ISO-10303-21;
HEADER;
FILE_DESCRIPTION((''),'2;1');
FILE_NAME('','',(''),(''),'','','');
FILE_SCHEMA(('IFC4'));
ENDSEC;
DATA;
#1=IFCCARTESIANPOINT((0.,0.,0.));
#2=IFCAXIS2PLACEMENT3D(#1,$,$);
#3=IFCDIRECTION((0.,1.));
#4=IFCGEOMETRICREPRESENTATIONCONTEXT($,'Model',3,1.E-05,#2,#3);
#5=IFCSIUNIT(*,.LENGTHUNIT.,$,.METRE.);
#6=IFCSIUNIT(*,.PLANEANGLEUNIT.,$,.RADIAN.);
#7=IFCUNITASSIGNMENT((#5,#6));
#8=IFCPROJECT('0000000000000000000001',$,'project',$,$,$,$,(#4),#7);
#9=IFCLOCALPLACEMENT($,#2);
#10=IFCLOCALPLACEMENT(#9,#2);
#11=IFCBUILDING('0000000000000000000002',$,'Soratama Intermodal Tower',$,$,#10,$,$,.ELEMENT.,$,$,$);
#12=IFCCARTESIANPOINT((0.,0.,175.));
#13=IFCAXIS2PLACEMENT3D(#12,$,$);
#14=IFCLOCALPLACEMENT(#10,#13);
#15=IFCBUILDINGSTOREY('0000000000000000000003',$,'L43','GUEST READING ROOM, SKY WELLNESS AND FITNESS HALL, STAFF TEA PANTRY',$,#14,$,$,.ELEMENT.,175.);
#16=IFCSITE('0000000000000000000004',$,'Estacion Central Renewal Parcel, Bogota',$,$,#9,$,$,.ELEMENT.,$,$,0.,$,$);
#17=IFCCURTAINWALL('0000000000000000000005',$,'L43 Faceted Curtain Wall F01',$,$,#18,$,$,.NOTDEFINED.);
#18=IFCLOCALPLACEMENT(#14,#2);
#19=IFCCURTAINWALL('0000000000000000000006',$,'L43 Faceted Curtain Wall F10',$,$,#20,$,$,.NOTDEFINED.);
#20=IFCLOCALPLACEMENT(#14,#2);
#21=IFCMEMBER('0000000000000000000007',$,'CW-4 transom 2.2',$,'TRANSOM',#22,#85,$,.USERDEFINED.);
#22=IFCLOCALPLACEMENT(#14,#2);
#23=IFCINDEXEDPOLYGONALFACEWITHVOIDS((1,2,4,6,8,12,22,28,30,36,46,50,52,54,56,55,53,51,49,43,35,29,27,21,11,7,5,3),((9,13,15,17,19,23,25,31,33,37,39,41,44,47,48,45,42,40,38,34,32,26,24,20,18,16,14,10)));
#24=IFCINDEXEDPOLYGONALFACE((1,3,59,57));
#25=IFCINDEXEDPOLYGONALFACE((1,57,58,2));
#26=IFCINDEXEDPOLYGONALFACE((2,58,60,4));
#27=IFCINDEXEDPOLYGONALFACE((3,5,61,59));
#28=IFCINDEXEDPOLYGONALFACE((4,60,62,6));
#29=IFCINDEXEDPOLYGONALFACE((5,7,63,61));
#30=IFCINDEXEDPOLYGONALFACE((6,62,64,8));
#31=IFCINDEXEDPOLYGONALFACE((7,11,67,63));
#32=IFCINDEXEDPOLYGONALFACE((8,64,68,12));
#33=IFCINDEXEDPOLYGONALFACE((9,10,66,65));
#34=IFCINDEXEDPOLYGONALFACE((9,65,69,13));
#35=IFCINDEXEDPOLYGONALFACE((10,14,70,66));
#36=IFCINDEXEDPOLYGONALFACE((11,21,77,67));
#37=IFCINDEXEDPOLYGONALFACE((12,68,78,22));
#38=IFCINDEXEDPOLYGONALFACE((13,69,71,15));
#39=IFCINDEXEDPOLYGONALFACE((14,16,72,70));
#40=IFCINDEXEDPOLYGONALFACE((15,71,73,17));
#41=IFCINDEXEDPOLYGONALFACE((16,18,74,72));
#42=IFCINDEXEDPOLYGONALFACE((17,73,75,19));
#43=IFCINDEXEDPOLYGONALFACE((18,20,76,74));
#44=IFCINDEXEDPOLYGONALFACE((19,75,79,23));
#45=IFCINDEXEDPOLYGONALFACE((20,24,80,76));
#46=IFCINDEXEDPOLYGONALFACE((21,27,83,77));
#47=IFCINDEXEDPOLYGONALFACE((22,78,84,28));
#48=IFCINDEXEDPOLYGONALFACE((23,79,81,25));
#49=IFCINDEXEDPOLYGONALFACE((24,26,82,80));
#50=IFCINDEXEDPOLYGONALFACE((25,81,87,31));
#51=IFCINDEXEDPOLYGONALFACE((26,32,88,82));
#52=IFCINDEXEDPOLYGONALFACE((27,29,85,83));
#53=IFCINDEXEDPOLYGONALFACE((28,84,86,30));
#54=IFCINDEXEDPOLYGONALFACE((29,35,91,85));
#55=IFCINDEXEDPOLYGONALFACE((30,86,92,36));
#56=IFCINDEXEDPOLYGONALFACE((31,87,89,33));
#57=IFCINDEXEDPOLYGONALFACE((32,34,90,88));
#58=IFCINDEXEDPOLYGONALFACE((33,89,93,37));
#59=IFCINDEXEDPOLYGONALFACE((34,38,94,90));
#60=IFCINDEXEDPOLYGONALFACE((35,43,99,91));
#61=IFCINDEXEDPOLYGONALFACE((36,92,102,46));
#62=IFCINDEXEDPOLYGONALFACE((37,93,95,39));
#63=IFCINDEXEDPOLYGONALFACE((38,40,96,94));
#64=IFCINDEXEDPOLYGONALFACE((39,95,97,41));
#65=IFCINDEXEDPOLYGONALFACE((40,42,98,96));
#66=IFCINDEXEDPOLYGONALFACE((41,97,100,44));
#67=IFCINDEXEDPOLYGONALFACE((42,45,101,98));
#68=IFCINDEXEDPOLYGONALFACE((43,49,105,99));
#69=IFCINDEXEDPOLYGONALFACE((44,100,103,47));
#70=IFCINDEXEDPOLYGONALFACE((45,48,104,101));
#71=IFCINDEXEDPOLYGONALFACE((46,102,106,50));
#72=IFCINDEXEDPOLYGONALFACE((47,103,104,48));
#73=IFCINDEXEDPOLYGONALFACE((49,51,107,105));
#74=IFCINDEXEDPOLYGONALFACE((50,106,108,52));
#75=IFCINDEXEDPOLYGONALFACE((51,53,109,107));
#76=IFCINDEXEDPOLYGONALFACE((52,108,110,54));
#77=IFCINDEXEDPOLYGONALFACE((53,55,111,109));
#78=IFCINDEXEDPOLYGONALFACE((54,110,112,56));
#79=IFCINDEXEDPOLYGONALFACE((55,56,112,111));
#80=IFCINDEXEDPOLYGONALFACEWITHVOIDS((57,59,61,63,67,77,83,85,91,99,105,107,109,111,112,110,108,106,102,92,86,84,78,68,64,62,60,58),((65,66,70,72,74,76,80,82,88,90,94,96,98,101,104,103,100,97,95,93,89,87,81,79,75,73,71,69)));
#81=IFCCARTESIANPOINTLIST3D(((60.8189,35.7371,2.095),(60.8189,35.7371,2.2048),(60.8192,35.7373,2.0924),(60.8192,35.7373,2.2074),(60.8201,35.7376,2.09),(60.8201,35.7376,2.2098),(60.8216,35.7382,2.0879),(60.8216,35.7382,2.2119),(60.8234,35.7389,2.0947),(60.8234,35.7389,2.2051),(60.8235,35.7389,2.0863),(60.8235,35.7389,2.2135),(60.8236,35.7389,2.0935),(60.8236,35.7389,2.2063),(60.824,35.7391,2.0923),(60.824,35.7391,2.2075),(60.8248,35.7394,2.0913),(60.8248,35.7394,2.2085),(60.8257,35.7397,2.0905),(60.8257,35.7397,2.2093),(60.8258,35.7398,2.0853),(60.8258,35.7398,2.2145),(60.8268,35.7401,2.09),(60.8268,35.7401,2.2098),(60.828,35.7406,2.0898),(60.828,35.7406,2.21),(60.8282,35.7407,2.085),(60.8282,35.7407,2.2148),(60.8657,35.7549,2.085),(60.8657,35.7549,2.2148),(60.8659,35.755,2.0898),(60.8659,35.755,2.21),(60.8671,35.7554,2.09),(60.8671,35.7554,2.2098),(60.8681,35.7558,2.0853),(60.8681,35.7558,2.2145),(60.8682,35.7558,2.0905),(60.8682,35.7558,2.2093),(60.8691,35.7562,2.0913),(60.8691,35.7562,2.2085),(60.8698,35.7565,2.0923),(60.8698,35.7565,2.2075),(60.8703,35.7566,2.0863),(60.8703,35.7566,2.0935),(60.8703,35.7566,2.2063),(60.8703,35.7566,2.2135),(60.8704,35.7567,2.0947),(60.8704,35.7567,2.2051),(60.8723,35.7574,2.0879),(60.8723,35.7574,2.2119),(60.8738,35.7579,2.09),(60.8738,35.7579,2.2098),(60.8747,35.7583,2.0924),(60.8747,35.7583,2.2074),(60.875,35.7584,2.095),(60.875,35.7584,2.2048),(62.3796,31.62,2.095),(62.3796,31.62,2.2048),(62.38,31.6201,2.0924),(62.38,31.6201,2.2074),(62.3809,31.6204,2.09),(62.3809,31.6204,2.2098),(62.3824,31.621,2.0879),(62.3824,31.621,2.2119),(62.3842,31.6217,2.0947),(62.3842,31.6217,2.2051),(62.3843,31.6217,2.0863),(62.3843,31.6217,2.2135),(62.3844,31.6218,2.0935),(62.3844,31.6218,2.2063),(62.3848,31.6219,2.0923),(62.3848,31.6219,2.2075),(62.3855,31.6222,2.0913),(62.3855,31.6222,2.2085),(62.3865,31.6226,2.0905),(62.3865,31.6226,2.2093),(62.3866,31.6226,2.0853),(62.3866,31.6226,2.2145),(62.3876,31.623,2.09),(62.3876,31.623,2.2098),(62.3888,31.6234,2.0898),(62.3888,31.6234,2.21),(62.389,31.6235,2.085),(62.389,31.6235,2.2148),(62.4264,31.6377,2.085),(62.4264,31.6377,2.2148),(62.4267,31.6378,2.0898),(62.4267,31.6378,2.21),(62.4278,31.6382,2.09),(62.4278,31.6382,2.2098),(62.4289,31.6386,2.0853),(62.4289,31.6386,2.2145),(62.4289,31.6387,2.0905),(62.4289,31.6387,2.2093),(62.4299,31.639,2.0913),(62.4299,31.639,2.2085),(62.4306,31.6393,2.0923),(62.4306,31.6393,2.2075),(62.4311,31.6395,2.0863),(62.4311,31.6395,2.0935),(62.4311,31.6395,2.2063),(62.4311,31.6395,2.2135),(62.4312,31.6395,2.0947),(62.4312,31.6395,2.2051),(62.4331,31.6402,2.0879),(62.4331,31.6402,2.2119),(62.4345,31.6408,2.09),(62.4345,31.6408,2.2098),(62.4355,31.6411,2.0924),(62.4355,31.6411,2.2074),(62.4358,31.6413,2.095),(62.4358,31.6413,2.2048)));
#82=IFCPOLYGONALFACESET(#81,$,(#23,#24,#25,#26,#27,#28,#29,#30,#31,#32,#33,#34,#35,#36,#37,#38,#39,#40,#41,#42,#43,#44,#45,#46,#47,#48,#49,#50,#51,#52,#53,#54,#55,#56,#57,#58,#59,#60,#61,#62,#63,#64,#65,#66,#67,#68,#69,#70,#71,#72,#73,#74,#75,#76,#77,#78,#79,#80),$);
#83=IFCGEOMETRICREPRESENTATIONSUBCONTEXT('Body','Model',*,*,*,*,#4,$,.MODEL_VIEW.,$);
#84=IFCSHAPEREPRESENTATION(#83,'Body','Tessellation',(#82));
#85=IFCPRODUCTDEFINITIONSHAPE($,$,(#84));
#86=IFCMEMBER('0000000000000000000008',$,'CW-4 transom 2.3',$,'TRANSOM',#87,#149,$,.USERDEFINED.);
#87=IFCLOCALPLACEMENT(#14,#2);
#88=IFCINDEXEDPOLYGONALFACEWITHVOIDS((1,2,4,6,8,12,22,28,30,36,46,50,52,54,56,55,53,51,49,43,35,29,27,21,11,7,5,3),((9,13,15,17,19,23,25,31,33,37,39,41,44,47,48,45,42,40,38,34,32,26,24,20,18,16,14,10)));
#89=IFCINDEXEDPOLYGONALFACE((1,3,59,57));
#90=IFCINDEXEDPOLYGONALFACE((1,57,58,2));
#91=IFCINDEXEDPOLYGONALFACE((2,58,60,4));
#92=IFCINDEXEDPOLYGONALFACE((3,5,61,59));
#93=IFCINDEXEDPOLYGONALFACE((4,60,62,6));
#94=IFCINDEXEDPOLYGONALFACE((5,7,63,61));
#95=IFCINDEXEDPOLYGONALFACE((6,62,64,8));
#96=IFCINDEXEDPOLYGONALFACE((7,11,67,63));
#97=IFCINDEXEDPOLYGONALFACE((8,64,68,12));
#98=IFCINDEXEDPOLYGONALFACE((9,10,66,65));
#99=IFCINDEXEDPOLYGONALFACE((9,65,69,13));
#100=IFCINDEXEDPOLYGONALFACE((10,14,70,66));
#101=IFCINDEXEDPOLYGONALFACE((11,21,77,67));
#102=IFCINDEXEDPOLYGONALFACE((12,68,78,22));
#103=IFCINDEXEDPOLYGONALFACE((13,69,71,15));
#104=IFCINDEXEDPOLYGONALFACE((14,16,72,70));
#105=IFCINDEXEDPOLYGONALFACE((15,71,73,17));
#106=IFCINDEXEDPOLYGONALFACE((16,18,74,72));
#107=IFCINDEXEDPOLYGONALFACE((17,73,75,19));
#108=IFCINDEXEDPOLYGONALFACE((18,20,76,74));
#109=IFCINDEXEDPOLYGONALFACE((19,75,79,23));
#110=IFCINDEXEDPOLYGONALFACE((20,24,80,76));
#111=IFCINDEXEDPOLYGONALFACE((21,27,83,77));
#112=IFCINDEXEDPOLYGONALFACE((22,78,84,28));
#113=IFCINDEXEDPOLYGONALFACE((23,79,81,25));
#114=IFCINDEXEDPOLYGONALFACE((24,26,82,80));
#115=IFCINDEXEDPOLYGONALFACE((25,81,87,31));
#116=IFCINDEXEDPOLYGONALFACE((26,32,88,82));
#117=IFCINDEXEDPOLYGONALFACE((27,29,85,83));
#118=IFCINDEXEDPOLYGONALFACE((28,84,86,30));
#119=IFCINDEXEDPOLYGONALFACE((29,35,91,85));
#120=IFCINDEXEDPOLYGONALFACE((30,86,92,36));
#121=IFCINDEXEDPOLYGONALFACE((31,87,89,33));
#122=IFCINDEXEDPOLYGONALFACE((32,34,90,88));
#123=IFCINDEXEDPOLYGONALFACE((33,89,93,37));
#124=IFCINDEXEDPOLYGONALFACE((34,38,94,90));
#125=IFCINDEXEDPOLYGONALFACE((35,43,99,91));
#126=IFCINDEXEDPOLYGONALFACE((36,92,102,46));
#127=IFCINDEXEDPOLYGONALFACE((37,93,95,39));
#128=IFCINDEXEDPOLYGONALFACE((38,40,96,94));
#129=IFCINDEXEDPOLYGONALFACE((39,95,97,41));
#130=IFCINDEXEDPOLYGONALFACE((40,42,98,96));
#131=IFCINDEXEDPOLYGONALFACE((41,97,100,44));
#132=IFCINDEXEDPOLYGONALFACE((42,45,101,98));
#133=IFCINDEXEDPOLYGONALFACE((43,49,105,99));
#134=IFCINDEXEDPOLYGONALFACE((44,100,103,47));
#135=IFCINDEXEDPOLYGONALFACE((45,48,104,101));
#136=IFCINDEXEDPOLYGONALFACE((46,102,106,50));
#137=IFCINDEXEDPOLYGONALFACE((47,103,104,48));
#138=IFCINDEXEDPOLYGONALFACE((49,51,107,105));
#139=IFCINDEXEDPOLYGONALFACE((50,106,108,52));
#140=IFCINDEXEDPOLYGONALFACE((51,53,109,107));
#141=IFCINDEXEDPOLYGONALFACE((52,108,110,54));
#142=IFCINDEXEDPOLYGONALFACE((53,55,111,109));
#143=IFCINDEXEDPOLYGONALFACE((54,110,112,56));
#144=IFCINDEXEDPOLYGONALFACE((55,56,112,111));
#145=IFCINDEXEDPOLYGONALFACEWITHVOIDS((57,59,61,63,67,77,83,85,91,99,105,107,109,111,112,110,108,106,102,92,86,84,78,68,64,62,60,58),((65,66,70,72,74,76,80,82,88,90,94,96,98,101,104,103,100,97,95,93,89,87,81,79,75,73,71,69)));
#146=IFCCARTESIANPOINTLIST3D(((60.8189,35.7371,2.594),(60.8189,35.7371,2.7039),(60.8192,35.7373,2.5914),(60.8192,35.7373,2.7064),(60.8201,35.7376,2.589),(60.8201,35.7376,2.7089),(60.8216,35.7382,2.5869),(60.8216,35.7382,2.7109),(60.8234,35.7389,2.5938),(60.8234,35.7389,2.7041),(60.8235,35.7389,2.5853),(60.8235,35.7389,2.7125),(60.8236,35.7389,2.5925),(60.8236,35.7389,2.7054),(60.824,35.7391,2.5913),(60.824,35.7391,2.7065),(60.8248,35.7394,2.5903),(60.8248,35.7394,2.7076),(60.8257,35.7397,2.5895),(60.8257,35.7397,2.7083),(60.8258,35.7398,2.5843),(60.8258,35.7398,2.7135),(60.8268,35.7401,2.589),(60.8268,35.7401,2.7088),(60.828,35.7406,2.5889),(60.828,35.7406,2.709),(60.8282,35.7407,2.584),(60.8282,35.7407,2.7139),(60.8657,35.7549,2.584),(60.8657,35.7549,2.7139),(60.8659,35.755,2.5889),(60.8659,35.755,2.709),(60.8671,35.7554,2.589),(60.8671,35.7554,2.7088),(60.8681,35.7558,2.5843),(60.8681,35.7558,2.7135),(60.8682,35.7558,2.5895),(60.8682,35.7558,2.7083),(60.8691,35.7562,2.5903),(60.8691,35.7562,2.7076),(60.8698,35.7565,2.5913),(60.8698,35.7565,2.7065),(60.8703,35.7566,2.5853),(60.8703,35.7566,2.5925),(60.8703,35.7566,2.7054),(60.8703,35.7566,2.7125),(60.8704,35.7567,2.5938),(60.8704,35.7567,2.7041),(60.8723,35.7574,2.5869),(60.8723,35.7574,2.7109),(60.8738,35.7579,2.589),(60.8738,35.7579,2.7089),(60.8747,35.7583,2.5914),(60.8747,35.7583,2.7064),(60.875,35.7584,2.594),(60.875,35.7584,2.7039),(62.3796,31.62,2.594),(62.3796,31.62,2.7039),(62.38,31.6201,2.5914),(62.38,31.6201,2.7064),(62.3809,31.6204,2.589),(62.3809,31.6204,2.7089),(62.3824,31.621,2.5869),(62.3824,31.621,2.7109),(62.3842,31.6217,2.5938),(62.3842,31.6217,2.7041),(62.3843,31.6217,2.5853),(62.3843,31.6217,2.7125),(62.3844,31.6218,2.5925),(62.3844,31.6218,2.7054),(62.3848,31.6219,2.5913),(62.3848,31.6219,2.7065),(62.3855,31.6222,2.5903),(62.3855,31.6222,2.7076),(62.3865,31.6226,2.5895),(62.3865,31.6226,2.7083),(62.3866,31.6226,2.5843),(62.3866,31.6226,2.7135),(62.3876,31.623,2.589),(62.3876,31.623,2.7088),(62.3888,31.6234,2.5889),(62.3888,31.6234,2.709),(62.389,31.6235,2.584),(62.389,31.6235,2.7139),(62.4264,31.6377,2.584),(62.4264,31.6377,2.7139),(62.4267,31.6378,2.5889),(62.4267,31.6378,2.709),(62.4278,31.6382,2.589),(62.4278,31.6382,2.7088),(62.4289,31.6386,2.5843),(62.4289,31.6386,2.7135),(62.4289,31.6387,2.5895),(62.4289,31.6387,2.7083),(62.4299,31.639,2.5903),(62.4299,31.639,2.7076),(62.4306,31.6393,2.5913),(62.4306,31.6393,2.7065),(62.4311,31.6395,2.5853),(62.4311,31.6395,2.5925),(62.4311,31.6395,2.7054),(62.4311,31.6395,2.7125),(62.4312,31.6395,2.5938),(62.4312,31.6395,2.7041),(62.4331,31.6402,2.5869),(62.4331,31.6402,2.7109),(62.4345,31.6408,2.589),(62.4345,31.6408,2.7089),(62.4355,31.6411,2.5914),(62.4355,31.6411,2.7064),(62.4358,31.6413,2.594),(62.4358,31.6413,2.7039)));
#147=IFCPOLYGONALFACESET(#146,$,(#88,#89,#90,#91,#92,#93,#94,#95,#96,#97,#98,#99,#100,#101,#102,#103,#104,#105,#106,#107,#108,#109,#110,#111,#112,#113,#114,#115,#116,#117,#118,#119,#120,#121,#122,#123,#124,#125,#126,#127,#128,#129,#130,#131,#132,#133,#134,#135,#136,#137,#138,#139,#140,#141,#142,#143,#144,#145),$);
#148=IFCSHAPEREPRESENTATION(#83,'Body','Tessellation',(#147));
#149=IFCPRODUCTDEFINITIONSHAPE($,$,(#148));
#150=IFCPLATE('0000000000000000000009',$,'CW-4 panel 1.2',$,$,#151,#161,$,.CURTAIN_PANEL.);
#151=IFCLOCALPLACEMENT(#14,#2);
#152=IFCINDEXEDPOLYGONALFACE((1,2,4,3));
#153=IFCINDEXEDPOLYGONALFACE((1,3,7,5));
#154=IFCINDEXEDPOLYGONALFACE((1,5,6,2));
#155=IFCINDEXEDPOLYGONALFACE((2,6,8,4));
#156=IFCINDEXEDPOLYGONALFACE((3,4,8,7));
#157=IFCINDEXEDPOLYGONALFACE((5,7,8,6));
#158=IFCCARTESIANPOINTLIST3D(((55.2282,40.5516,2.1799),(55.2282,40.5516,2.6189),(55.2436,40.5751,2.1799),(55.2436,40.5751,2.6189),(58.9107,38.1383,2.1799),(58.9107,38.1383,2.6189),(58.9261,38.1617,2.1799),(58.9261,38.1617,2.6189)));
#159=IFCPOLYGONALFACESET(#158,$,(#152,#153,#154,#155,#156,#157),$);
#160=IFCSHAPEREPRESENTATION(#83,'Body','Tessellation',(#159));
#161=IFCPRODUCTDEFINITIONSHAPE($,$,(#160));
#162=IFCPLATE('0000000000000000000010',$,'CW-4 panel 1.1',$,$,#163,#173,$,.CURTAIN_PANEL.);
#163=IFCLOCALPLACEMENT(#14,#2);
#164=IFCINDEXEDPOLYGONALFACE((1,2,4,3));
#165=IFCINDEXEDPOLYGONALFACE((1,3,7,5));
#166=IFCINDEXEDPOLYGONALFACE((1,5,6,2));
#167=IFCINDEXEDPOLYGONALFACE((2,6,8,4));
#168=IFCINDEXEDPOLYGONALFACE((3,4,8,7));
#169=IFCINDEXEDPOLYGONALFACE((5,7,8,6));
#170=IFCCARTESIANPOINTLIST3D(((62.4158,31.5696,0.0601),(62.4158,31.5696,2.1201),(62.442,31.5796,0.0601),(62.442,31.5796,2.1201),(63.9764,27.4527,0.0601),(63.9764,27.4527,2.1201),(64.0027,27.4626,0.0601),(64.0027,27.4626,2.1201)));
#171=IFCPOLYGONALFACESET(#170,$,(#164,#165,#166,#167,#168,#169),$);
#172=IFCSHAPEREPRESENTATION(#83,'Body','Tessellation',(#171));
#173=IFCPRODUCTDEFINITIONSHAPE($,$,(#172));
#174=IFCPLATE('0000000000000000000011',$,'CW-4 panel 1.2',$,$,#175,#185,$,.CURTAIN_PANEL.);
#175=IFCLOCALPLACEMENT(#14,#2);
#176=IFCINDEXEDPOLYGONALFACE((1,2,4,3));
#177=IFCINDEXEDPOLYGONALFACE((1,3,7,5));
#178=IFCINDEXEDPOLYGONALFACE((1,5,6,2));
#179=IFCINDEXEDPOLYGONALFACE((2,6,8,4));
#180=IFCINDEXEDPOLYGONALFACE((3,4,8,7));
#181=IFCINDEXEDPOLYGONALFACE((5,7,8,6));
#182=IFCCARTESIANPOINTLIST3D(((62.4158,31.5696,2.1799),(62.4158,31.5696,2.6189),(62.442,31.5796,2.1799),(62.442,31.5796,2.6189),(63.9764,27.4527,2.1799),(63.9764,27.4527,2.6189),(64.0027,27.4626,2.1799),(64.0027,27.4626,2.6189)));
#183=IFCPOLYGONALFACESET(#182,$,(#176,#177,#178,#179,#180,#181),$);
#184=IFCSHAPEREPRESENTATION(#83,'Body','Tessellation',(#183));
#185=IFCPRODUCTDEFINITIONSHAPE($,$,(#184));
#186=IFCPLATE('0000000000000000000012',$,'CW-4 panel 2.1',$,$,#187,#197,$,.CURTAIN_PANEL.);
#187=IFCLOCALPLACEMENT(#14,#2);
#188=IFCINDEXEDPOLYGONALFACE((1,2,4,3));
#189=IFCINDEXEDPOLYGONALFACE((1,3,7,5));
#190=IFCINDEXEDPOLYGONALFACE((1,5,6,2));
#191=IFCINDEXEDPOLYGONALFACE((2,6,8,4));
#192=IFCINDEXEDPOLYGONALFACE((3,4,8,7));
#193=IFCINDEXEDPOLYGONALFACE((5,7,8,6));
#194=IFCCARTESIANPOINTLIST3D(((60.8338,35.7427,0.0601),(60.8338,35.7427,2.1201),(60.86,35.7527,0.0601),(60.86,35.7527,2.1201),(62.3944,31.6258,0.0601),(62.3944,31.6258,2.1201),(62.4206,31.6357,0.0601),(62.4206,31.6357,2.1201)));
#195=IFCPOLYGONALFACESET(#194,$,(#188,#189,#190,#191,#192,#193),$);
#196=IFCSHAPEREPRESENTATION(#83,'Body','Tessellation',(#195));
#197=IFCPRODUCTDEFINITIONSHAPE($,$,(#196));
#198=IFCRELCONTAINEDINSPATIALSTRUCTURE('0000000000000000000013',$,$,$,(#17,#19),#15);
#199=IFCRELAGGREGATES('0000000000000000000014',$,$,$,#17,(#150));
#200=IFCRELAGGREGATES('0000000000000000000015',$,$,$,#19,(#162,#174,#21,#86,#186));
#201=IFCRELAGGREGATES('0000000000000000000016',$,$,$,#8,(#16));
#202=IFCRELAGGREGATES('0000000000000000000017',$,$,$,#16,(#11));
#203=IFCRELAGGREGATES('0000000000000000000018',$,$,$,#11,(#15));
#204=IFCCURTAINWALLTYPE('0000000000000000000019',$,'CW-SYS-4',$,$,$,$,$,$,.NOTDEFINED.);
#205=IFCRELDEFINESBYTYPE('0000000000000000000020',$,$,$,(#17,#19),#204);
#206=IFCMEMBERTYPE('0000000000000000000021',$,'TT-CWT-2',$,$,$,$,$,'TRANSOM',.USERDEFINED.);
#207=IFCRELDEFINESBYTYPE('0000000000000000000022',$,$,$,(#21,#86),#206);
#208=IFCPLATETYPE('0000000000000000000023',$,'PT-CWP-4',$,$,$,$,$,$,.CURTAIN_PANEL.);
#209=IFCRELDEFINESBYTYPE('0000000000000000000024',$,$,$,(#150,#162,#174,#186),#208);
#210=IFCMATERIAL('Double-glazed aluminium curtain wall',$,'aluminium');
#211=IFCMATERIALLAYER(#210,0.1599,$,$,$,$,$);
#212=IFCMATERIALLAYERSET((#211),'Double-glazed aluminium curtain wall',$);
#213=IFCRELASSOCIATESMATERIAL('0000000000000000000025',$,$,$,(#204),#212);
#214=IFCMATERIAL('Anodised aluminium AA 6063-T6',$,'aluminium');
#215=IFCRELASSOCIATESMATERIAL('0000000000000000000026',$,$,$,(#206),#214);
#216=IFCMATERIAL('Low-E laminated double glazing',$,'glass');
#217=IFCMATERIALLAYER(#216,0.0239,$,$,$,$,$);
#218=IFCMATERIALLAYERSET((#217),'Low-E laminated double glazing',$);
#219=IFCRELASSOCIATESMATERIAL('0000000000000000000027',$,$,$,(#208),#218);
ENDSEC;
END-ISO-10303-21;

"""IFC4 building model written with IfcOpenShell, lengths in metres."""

from ifc_helpers import new_model, si_unit, direction, frame, origin, origin_2d, place, context, subcontext, project, spatial, rectangle, hollow_rectangle, extrude, material, layer, layer_set, material_profile, profile_set, type_object, element, aggregate, save


model = new_model("IFC4")

# Units and contexts
model_context = context("Model", 3, precision=1e-05, world=origin(), true_north=direction((0.0, 1.0)))
body_context = subcontext(model_context, "Body", "Model", "MODEL_VIEW")
ifc_project = project(units=[si_unit("LENGTHUNIT", "METRE"), si_unit("PLANEANGLEUNIT", "RADIAN")], contexts=[model_context])

# Site, building, storey
site_placement = place(None, origin())
site = spatial("IfcSite", under=ifc_project, at=site_placement, Name="Estacion Central Renewal Parcel, Bogota", CompositionType="ELEMENT", RefElevation=0.0)
building_placement = place(site_placement, origin())
building = spatial("IfcBuilding", under=site, at=building_placement, Name="Soratama Intermodal Tower", CompositionType="ELEMENT")
storey_placement = place(building_placement, frame((0.0, 0.0, 175.0)))
storey = spatial("IfcBuildingStorey", under=building, at=storey_placement, Name="L43", Description="GUEST READING ROOM, SKY WELLNESS AND FITNESS HALL, STAFF TEA PANTRY", CompositionType="ELEMENT", Elevation=175.0)

# Curtain wall
ifc_material_1 = material(Name="Double-glazed aluminium curtain wall", Category="aluminium")
ifc_layer_1 = layer(ifc_material_1, 0.1599)
ifc_layer_set_1 = layer_set([ifc_layer_1], Name="Double-glazed aluminium curtain wall")
curtain_wall_type = type_object("IfcCurtainWallType", Name="CW-SYS-4", PredefinedType="NOTDEFINED", material=ifc_layer_set_1)
curtain_wall_1_placement = place(storey_placement, origin())
curtain_wall_1 = element("IfcCurtainWall", 1, at=curtain_wall_1_placement, inside=storey, type_object=curtain_wall_type, Name="L43 Faceted Curtain Wall F01", PredefinedType="NOTDEFINED")

# Curtain wall
curtain_wall_2_placement = place(storey_placement, origin())
curtain_wall_2 = element("IfcCurtainWall", 2, at=curtain_wall_2_placement, inside=storey, type_object=curtain_wall_type, Name="L43 Faceted Curtain Wall F10", PredefinedType="NOTDEFINED")

# Members
ifc_material_2 = material(Name="Anodised aluminium AA 6063-T6", Category="aluminium")
ifc_material_profile_1 = material_profile(ifc_material_2, hollow_rectangle(XDim=0.0601, YDim=0.1299, WallThickness=0.0049, InnerFilletRadius=0.0049, OuterFilletRadius=0.01, at=origin_2d()), Name="CWT130X60X5")
ifc_profile_set_1 = profile_set([ifc_material_profile_1], Name="Anodised aluminium AA 6063-T6")
member_type_1 = type_object("IfcMemberType", Name="TT-CWT-2", ElementType="TRANSOM", PredefinedType="USERDEFINED", material=ifc_profile_set_1)
member_1_placement = place(storey_placement, frame((62.4077, 31.6306, 2.1499), z_axis=(-0.354475, 0.935065, 0.0), x_axis=(-0.935065, -0.354475, 0.0)))
member_1 = element("IfcMember", 3, at=member_1_placement, type_object=member_type_1, Name="CW-4 transom 2.2", ObjectType="TRANSOM", PredefinedType="USERDEFINED", context=body_context, shape_type="SweptSolid", body=[
    extrude(hollow_rectangle(XDim=0.0601, YDim=0.1299, WallThickness=0.0049, InnerFilletRadius=0.0049, OuterFilletRadius=0.01, at=origin_2d()), origin(), (0.0, 0.0, 1.0), 4.4031),
])
member_2_placement = place(storey_placement, frame((62.4077, 31.6306, 2.6489), z_axis=(-0.354475, 0.935065, 0.0), x_axis=(-0.935065, -0.354475, 0.0)))
member_2 = element("IfcMember", 4, at=member_2_placement, type_object=member_type_1, Name="CW-4 transom 2.3", ObjectType="TRANSOM", PredefinedType="USERDEFINED", context=body_context, shape_type="SweptSolid", body=[
    extrude(hollow_rectangle(XDim=0.0601, YDim=0.1299, WallThickness=0.0049, InnerFilletRadius=0.0049, OuterFilletRadius=0.01, at=origin_2d()), origin(), (0.0, 0.0, 1.0), 4.4031),
])

# Plates
ifc_material_3 = material(Name="Low-E laminated double glazing", Category="glass")
ifc_layer_2 = layer(ifc_material_3, 0.0239)
ifc_layer_set_2 = layer_set([ifc_layer_2], Name="Low-E laminated double glazing")
plate_type = type_object("IfcPlateType", Name="PT-CWP-4", PredefinedType="CURTAIN_PANEL", material=ifc_layer_set_2)
plate_1_placement = place(storey_placement, frame((57.0771, 39.3567, 2.1799), z_axis=(0.0, 0.0, 1.0), x_axis=(-0.836385, 0.548142, 0.0)))
plate_1 = element("IfcPlate", 5, at=plate_1_placement, type_object=plate_type, Name="CW-4 panel 1.2", PredefinedType="CURTAIN_PANEL", context=body_context, shape_type="SweptSolid", body=[
    extrude(rectangle(XDim=4.4028, YDim=0.0281, at=origin_2d()), origin(), (0.0, 0.0, 1.0), 0.439),
])
aggregate(curtain_wall_1, [plate_1])
plate_2_placement = place(storey_placement, frame((63.2092, 29.5161, 0.0601), z_axis=(0.0, 0.0, 1.0), x_axis=(-0.354462, 0.935071, 0.0)))
plate_2 = element("IfcPlate", 6, at=plate_2_placement, type_object=plate_type, Name="CW-4 panel 1.1", PredefinedType="CURTAIN_PANEL", context=body_context, shape_type="SweptSolid", body=[
    extrude(rectangle(XDim=4.4028, YDim=0.0281, at=origin_2d()), origin(), (0.0, 0.0, 1.0), 2.0601),
])
plate_3_placement = place(storey_placement, frame((63.2092, 29.5161, 2.1799), z_axis=(0.0, 0.0, 1.0), x_axis=(-0.354462, 0.935071, 0.0)))
plate_3 = element("IfcPlate", 7, at=plate_3_placement, type_object=plate_type, Name="CW-4 panel 1.2", PredefinedType="CURTAIN_PANEL", context=body_context, shape_type="SweptSolid", body=[
    extrude(rectangle(XDim=4.4028, YDim=0.0281, at=origin_2d()), origin(), (0.0, 0.0, 1.0), 0.439),
])
plate_4_placement = place(storey_placement, frame((61.6272, 33.6892, 0.0601), z_axis=(0.0, 0.0, 1.0), x_axis=(-0.354462, 0.935071, 0.0)))
plate_4 = element("IfcPlate", 8, at=plate_4_placement, type_object=plate_type, Name="CW-4 panel 2.1", PredefinedType="CURTAIN_PANEL", context=body_context, shape_type="SweptSolid", body=[
    extrude(rectangle(XDim=4.4028, YDim=0.0281, at=origin_2d()), origin(), (0.0, 0.0, 1.0), 2.0601),
])
aggregate(curtain_wall_2, [plate_2, plate_3, member_1, member_2, plate_4])

save(model, "model.ifc")
